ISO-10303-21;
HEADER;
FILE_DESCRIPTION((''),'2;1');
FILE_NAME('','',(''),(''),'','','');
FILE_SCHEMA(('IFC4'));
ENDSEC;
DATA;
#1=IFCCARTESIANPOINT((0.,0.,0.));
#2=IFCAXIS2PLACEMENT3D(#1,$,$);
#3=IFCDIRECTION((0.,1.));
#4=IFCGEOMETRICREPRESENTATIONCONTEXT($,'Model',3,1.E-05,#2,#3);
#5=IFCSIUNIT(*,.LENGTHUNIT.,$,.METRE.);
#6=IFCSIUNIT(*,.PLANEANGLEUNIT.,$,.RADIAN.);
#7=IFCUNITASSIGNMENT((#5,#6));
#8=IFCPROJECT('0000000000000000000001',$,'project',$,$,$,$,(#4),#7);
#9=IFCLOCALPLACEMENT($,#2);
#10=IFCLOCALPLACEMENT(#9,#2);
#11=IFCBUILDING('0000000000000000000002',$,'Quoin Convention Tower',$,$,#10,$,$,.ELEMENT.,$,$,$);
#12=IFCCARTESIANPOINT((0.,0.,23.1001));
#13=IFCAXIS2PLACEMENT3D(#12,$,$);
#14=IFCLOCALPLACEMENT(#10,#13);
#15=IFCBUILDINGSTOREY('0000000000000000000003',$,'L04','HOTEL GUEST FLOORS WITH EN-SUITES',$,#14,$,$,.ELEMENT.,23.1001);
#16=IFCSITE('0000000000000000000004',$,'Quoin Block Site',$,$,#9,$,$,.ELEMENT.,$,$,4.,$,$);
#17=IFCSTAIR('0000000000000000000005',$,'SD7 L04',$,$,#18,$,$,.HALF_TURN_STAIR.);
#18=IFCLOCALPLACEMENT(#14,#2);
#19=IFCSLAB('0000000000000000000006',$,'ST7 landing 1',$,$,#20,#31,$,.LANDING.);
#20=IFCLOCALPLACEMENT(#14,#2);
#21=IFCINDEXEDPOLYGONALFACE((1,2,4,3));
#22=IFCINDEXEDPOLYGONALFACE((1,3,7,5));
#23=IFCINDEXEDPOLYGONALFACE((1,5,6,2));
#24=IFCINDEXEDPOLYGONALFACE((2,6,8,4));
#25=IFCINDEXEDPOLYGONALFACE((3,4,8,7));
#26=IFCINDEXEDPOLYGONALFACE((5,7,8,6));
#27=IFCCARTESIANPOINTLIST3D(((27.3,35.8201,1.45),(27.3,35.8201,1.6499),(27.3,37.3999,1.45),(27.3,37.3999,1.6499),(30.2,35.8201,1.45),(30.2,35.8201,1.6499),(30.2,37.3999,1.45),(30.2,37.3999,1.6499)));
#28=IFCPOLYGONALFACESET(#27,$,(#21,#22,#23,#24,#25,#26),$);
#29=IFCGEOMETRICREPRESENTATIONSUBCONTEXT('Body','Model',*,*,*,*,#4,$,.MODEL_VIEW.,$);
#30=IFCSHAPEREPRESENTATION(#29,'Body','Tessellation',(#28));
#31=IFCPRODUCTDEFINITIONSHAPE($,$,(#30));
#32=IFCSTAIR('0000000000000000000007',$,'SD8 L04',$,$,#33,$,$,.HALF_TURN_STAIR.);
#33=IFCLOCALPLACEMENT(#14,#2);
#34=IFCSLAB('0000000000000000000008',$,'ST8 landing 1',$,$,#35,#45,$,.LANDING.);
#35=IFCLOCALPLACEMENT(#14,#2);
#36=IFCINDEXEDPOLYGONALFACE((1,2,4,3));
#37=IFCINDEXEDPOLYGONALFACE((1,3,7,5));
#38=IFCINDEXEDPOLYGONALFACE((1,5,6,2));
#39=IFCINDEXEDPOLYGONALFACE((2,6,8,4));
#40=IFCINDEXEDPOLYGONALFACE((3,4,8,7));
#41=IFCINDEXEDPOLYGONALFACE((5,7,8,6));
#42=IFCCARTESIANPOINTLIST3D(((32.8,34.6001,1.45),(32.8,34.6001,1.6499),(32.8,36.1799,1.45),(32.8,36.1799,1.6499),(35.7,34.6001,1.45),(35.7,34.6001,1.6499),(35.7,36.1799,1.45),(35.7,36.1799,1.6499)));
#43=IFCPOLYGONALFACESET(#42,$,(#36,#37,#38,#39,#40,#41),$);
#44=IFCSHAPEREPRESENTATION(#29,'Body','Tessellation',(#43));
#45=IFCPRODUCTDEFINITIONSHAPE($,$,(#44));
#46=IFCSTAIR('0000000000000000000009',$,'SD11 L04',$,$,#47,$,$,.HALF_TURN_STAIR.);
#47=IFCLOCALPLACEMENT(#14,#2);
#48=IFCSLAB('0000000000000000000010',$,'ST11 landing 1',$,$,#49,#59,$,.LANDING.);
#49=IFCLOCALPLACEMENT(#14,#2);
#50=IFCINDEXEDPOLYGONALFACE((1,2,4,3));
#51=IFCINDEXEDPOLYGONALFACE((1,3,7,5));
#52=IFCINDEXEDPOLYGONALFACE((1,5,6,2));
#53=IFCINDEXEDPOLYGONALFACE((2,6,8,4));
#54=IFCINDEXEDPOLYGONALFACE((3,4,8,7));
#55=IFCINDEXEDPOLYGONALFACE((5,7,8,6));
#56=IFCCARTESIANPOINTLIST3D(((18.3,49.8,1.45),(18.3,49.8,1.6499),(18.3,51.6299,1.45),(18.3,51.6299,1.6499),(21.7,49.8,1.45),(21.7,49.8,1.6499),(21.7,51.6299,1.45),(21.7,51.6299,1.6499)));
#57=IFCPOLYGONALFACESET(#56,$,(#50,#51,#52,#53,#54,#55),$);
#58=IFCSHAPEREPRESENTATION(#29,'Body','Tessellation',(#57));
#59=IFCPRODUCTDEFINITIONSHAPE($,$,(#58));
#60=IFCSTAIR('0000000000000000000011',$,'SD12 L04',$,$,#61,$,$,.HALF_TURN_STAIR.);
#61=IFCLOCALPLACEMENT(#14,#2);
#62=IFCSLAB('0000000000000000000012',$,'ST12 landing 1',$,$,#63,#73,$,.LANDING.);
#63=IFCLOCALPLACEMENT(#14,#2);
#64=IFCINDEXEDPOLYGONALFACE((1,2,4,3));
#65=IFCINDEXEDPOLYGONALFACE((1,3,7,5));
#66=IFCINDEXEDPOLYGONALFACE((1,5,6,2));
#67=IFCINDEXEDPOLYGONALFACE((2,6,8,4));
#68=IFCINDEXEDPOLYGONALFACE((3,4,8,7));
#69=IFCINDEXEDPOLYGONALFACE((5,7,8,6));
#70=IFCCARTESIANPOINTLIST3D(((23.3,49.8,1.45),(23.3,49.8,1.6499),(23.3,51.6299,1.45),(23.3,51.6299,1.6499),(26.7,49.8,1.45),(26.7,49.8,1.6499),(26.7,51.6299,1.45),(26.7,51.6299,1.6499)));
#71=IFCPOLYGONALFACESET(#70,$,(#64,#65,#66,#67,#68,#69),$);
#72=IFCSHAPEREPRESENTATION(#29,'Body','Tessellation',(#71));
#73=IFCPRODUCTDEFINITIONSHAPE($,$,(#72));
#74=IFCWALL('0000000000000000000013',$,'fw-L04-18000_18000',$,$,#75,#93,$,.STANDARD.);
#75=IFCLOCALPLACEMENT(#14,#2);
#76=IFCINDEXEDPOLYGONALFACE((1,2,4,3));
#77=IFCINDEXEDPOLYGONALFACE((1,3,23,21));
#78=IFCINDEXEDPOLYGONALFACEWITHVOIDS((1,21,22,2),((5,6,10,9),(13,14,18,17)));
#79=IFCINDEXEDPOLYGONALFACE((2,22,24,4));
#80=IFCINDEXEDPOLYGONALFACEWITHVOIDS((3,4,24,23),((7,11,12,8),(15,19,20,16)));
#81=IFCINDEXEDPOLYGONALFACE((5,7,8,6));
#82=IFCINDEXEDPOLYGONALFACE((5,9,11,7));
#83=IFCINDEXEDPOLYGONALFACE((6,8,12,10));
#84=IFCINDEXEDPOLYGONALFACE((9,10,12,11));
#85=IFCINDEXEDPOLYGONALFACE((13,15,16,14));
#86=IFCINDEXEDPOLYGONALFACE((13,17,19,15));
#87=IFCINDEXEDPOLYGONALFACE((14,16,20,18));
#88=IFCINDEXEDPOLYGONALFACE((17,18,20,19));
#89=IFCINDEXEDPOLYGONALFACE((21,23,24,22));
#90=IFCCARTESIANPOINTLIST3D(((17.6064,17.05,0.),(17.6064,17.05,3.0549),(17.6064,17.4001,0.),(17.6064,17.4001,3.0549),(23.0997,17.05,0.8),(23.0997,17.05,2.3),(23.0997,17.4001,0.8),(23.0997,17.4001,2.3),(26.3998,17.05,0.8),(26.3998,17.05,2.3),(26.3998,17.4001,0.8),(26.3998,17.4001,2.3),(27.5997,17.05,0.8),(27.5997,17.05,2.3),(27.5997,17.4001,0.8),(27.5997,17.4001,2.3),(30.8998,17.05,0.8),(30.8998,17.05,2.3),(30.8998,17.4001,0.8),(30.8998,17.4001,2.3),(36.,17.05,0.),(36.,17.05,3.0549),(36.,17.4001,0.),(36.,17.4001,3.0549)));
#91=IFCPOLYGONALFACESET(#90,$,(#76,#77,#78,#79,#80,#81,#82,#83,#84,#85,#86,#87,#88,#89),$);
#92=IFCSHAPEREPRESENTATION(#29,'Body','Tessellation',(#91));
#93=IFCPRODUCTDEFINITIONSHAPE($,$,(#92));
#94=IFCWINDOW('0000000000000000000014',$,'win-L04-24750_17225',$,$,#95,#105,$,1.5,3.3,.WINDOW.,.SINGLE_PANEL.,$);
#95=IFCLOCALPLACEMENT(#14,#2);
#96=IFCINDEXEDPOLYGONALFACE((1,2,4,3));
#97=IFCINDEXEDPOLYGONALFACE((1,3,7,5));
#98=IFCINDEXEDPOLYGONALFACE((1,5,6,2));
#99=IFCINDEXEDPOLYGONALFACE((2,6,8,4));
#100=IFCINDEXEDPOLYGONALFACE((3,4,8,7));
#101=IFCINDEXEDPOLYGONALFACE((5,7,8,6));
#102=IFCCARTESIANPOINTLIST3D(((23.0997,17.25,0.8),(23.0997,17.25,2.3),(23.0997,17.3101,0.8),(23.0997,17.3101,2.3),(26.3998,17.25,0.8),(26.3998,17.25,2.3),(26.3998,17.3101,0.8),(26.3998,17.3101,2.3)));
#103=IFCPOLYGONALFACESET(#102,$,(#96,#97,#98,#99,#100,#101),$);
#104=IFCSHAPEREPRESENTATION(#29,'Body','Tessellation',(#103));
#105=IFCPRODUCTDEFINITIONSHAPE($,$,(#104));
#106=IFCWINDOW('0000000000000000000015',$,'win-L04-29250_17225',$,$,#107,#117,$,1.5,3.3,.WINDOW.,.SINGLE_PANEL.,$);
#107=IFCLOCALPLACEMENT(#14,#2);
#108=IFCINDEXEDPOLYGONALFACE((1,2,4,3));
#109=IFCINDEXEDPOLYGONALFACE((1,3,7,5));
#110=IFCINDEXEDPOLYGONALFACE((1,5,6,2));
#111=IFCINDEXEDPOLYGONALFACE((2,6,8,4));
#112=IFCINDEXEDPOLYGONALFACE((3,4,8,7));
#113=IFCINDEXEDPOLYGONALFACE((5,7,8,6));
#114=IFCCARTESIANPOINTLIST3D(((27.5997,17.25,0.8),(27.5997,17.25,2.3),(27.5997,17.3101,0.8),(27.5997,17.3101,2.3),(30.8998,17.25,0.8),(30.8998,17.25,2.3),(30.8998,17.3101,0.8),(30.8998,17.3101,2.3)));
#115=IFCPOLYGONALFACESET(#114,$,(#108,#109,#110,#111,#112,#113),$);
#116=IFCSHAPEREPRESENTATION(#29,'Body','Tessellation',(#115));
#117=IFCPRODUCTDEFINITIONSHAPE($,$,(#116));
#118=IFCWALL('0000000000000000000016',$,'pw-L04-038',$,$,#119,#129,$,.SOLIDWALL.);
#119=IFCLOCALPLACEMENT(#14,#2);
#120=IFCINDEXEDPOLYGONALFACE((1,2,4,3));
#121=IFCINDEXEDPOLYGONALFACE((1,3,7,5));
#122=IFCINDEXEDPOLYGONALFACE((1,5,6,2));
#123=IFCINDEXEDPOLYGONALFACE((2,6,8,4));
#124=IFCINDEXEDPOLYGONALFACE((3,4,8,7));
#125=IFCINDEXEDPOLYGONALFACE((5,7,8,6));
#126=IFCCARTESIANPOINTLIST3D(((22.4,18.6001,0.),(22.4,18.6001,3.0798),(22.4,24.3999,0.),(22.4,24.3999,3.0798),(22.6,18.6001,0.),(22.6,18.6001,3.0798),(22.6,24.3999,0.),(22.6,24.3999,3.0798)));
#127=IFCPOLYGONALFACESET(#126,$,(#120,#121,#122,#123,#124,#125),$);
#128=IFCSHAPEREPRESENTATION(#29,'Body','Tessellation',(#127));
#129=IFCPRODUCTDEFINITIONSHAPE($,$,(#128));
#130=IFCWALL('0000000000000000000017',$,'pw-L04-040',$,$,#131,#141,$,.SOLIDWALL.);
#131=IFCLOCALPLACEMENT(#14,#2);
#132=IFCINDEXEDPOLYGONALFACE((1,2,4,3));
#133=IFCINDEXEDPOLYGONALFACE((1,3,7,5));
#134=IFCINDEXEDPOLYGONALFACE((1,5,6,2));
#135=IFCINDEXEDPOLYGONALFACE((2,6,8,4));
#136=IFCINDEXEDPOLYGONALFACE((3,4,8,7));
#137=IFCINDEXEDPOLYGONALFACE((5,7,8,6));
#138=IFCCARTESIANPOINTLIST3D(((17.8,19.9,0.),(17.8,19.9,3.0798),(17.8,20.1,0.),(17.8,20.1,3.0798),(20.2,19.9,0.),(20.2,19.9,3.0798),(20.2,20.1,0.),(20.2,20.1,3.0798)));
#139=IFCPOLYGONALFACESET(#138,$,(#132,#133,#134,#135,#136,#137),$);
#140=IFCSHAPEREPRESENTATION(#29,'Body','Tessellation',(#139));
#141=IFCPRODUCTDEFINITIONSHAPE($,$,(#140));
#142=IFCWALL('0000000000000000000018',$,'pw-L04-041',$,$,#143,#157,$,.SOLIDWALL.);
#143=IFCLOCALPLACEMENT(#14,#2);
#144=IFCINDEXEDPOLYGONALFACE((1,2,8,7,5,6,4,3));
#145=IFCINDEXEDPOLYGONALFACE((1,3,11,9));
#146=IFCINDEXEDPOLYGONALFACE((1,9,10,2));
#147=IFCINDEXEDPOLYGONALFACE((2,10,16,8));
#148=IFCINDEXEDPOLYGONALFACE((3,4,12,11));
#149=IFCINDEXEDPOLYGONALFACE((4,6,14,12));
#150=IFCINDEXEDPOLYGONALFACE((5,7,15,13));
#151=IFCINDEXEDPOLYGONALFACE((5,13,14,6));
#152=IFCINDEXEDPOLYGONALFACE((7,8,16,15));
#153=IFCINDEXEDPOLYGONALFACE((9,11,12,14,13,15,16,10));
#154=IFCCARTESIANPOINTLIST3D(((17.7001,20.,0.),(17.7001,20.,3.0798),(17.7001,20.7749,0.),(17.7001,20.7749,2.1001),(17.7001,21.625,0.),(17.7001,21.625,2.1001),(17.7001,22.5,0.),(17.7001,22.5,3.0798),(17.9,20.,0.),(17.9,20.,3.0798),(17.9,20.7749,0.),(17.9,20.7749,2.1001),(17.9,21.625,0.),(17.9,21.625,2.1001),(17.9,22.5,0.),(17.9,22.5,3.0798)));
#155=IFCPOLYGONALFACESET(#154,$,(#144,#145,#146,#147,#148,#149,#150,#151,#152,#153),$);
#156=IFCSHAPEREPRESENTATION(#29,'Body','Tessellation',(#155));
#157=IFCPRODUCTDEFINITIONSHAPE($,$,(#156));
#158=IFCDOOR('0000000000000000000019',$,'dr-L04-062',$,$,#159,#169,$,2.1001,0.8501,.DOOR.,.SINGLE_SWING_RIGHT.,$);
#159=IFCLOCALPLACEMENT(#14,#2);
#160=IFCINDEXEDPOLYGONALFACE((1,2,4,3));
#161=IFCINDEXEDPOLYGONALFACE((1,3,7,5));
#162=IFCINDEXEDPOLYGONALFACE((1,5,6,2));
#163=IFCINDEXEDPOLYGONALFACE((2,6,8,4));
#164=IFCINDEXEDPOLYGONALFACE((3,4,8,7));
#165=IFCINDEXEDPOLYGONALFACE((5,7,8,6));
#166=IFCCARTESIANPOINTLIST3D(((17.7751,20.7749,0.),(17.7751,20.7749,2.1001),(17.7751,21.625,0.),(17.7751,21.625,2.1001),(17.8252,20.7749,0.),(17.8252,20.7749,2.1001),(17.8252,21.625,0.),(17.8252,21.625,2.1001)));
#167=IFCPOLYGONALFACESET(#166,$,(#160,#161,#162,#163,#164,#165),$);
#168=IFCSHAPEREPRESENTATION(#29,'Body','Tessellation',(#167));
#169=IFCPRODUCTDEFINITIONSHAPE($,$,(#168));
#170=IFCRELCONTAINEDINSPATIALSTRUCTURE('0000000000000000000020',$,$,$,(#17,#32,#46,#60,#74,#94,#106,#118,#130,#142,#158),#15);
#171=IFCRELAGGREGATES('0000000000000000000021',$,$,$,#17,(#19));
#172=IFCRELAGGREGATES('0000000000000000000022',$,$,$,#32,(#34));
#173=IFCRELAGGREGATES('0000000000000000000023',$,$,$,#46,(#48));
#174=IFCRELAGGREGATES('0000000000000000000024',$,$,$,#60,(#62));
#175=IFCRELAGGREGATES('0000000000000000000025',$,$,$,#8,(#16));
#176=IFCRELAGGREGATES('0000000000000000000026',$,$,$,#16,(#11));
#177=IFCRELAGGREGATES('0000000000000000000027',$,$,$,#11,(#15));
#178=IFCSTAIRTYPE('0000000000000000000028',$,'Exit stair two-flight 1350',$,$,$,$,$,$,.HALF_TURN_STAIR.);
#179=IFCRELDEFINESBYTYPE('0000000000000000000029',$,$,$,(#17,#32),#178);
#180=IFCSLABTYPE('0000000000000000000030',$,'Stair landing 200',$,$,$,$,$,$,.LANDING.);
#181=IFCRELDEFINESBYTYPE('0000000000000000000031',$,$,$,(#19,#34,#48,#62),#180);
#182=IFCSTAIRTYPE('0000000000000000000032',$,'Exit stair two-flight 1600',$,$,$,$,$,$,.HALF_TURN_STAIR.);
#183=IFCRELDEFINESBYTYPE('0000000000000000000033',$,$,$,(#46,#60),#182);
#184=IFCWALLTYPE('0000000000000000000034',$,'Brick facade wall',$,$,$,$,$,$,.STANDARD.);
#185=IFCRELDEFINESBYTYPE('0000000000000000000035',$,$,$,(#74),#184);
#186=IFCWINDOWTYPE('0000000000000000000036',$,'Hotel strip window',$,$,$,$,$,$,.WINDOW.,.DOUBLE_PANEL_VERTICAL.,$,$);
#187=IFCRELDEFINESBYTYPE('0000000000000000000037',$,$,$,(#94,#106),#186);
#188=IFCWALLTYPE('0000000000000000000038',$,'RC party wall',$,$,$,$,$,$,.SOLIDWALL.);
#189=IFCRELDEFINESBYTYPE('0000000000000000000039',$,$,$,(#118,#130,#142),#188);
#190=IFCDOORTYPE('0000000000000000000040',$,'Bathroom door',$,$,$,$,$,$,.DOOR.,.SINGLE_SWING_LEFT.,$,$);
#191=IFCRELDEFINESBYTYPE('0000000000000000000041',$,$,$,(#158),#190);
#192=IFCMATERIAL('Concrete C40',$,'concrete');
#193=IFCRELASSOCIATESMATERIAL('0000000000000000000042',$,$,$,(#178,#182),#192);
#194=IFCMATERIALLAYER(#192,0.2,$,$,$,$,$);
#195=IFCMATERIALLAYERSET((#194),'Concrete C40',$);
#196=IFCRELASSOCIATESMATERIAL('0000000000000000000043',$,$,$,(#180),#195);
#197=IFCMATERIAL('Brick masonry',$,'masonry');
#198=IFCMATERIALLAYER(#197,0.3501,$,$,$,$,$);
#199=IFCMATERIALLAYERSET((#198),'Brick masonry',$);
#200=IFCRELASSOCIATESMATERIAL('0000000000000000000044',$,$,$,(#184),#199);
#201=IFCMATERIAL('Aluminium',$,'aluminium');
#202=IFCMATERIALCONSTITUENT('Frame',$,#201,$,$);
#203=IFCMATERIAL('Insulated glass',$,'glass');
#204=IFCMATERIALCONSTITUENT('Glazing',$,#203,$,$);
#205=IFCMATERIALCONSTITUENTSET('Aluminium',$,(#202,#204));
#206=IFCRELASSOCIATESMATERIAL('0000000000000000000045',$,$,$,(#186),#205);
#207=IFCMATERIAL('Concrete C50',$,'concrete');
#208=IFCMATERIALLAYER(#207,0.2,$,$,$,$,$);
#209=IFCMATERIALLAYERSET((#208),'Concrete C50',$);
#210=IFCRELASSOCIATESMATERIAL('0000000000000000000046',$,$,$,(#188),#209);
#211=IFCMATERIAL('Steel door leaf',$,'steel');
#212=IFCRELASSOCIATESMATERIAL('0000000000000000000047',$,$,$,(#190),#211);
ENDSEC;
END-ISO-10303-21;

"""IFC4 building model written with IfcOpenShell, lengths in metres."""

from ifc_helpers import new_model, si_unit, direction, frame, frame_2d, origin, place, context, subcontext, project, spatial, polyline, rectangle, outline, extrude, material, layer, layer_set, constituent, constituent_set, type_object, element, fill, aggregate, save


model = new_model("IFC4")

# Units and contexts
model_context = context("Model", 3, precision=1e-05, world=origin(), true_north=direction((0.0, 1.0)))
body_context = subcontext(model_context, "Body", "Model", "MODEL_VIEW")
ifc_project = project(units=[si_unit("LENGTHUNIT", "METRE"), si_unit("PLANEANGLEUNIT", "RADIAN")], contexts=[model_context])

# Site, building, storey
site_placement = place(None, origin())
site = spatial("IfcSite", under=ifc_project, at=site_placement, Name="Quoin Block Site", CompositionType="ELEMENT", RefElevation=4.0)
building_placement = place(site_placement, origin())
building = spatial("IfcBuilding", under=site, at=building_placement, Name="Quoin Convention Tower", CompositionType="ELEMENT")
storey_placement = place(building_placement, frame((0.0, 0.0, 23.1001)))
storey = spatial("IfcBuildingStorey", under=building, at=storey_placement, Name="L04", Description="HOTEL GUEST FLOORS WITH EN-SUITES", CompositionType="ELEMENT", Elevation=23.1001)

# Shared definitions
ifc_material_1 = material(Name="Concrete C50", Category="concrete")

# Stairs, slabs
ifc_material_2 = material(Name="Concrete C40", Category="concrete")
stair_type_1 = type_object("IfcStairType", Name="Exit stair two-flight 1350", PredefinedType="HALF_TURN_STAIR", material=ifc_material_2)
ifc_layer_1 = layer(ifc_material_2, 0.2)
ifc_layer_set_1 = layer_set([ifc_layer_1], Name="Concrete C40")
slab_type_1 = type_object("IfcSlabType", Name="Stair landing 200", PredefinedType="LANDING", material=ifc_layer_set_1)
stair_1_placement = place(storey_placement, origin())
stair_1 = element("IfcStair", 1, at=stair_1_placement, inside=storey, type_object=stair_type_1, Name="SD7 L04", PredefinedType="HALF_TURN_STAIR")
slab_1_placement = place(storey_placement, frame((0.0, 0.0, 1.45)))
slab_1 = element("IfcSlab", 2, at=slab_1_placement, type_object=slab_type_1, Name="ST7 landing 1", PredefinedType="LANDING", context=body_context, shape_type="SweptSolid", body=[
    extrude(outline(polyline([(27.3, 35.8201), (30.2, 35.8201), (30.2, 37.3999), (27.3, 37.3999), (27.3, 35.8201)])), origin(), (0.0, 0.0, 1.0), 0.2),
])
aggregate(stair_1, [slab_1])
stair_2_placement = place(storey_placement, origin())
stair_2 = element("IfcStair", 3, at=stair_2_placement, inside=storey, type_object=stair_type_1, Name="SD8 L04", PredefinedType="HALF_TURN_STAIR")
slab_2_placement = place(storey_placement, frame((0.0, 0.0, 1.45)))
slab_2 = element("IfcSlab", 4, at=slab_2_placement, type_object=slab_type_1, Name="ST8 landing 1", PredefinedType="LANDING", context=body_context, shape_type="SweptSolid", body=[
    extrude(outline(polyline([(35.7, 36.1799), (32.8, 36.1799), (32.8, 34.6001), (35.7, 34.6001), (35.7, 36.1799)])), origin(), (0.0, 0.0, 1.0), 0.2),
])
aggregate(stair_2, [slab_2])
stair_type_2 = type_object("IfcStairType", Name="Exit stair two-flight 1600", PredefinedType="HALF_TURN_STAIR", material=ifc_material_2)
stair_3_placement = place(storey_placement, origin())
stair_3 = element("IfcStair", 5, at=stair_3_placement, inside=storey, type_object=stair_type_2, Name="SD11 L04", PredefinedType="HALF_TURN_STAIR")
slab_3_placement = place(storey_placement, frame((0.0, 0.0, 1.45)))
slab_3 = element("IfcSlab", 6, at=slab_3_placement, type_object=slab_type_1, Name="ST11 landing 1", PredefinedType="LANDING", context=body_context, shape_type="SweptSolid", body=[
    extrude(outline(polyline([(21.7, 51.6299), (18.3, 51.6299), (18.3, 49.8), (21.7, 49.8), (21.7, 51.6299)])), origin(), (0.0, 0.0, 1.0), 0.2),
])
aggregate(stair_3, [slab_3])
stair_4_placement = place(storey_placement, origin())
stair_4 = element("IfcStair", 7, at=stair_4_placement, inside=storey, type_object=stair_type_2, Name="SD12 L04", PredefinedType="HALF_TURN_STAIR")
slab_4_placement = place(storey_placement, frame((0.0, 0.0, 1.45)))
slab_4 = element("IfcSlab", 8, at=slab_4_placement, type_object=slab_type_1, Name="ST12 landing 1", PredefinedType="LANDING", context=body_context, shape_type="SweptSolid", body=[
    extrude(outline(polyline([(26.7, 51.6299), (23.3, 51.6299), (23.3, 49.8), (26.7, 49.8), (26.7, 51.6299)])), origin(), (0.0, 0.0, 1.0), 0.2),
])
aggregate(stair_4, [slab_4])

# Wall, openings, windows
ifc_material_3 = material(Name="Brick masonry", Category="masonry")
ifc_layer_2 = layer(ifc_material_3, 0.3501)
ifc_layer_set_2 = layer_set([ifc_layer_2], Name="Brick masonry")
wall_type_1 = type_object("IfcWallType", Name="Brick facade wall", PredefinedType="STANDARD", material=ifc_layer_set_2)
wall_1_placement = place(storey_placement, frame((17.6064, 17.2251, 0.0), z_axis=(0.0, 0.0, 1.0), x_axis=(1.0, 0.0, 0.0)))
wall_1 = element("IfcWall", 9, at=wall_1_placement, inside=storey, type_object=wall_type_1, Name="fw-L04-18000_18000", PredefinedType="STANDARD", context=body_context, shape_type="SweptSolid", body=[
    extrude(rectangle(XDim=18.3936, YDim=0.3501, at=frame_2d((9.1968, 0.0))), origin(), (0.0, 0.0, 1.0), 3.0549),
])
opening_1_placement = place(wall_1_placement, frame((5.4934, 0.0, 0.8)))
opening_1 = element("IfcOpeningElement", 10, at=opening_1_placement, cuts=wall_1, PredefinedType="OPENING", context=body_context, shape_type="SweptSolid", body=[
    extrude(rectangle(XDim=3.3, YDim=1.5, at=frame_2d((1.6499, 0.75))), frame((0.0, 0.1851, 0.0), z_axis=(0.0, -1.0, 0.0), x_axis=(1.0, 0.0, 0.0)), (0.0, 0.0, 1.0), 0.3701),
])
opening_2_placement = place(wall_1_placement, frame((9.9934, 0.0, 0.8)))
opening_2 = element("IfcOpeningElement", 11, at=opening_2_placement, cuts=wall_1, PredefinedType="OPENING", context=body_context, shape_type="SweptSolid", body=[
    extrude(rectangle(XDim=3.3, YDim=1.5, at=frame_2d((1.6499, 0.75))), frame((0.0, 0.1851, 0.0), z_axis=(0.0, -1.0, 0.0), x_axis=(1.0, 0.0, 0.0)), (0.0, 0.0, 1.0), 0.3701),
])
ifc_material_4 = material(Name="Aluminium", Category="aluminium")
ifc_constituent_1 = constituent(ifc_material_4, Name="Frame")
ifc_material_5 = material(Name="Insulated glass", Category="glass")
ifc_constituent_2 = constituent(ifc_material_5, Name="Glazing")
ifc_constituent_set = constituent_set(constituents=[ifc_constituent_1, ifc_constituent_2], Name="Aluminium")
window_type = type_object("IfcWindowType", Name="Hotel strip window", PartitioningType="DOUBLE_PANEL_VERTICAL", PredefinedType="WINDOW", material=ifc_constituent_set)
window_1_placement = place(opening_1_placement, origin())
window_1 = element("IfcWindow", 12, at=window_1_placement, inside=storey, type_object=window_type, Name="win-L04-24750_17225", OverallHeight=1.5, OverallWidth=3.3, PartitioningType="SINGLE_PANEL", PredefinedType="WINDOW", context=body_context, shape_type="SweptSolid", body=[
    extrude(rectangle(XDim=3.3, YDim=1.5, at=frame_2d((1.6499, 0.75))), frame((0.0, 0.085, 0.0), z_axis=(0.0, -1.0, 0.0), x_axis=(1.0, 0.0, 0.0)), (0.0, 0.0, 1.0), 0.0601),
])
fill(opening_1, window_1)
window_2_placement = place(opening_2_placement, origin())
window_2 = element("IfcWindow", 13, at=window_2_placement, inside=storey, type_object=window_type, Name="win-L04-29250_17225", OverallHeight=1.5, OverallWidth=3.3, PartitioningType="SINGLE_PANEL", PredefinedType="WINDOW", context=body_context, shape_type="SweptSolid", body=[
    extrude(rectangle(XDim=3.3, YDim=1.5, at=frame_2d((1.6499, 0.75))), frame((0.0, 0.085, 0.0), z_axis=(0.0, -1.0, 0.0), x_axis=(1.0, 0.0, 0.0)), (0.0, 0.0, 1.0), 0.0601),
])
fill(opening_2, window_2)

# Walls
ifc_layer_3 = layer(ifc_material_1, 0.2)
ifc_layer_set_3 = layer_set([ifc_layer_3], Name="Concrete C50")
wall_type_2 = type_object("IfcWallType", Name="RC party wall", PredefinedType="SOLIDWALL", material=ifc_layer_set_3)
wall_2_placement = place(storey_placement, frame((22.5, 18.6001, 0.0), z_axis=(0.0, 0.0, 1.0), x_axis=(0.0, 1.0, 0.0)))
element("IfcWall", 14, at=wall_2_placement, inside=storey, type_object=wall_type_2, Name="pw-L04-038", PredefinedType="SOLIDWALL", context=body_context, shape_type="SweptSolid", body=[
    extrude(rectangle(XDim=5.7998, YDim=0.2, at=frame_2d((2.8999, 0.0))), origin(), (0.0, 0.0, 1.0), 3.0798),
])
wall_3_placement = place(storey_placement, frame((17.8, 20.0, 0.0), z_axis=(0.0, 0.0, 1.0), x_axis=(1.0, 0.0, 0.0)))
element("IfcWall", 15, at=wall_3_placement, inside=storey, type_object=wall_type_2, Name="pw-L04-040", PredefinedType="SOLIDWALL", context=body_context, shape_type="SweptSolid", body=[
    extrude(rectangle(XDim=2.3999, YDim=0.2, at=frame_2d((1.2, 0.0))), origin(), (0.0, 0.0, 1.0), 3.0798),
])

# Wall, opening, door
wall_4_placement = place(storey_placement, frame((17.8, 20.0, 0.0), z_axis=(0.0, 0.0, 1.0), x_axis=(0.0, 1.0, 0.0)))
wall_4 = element("IfcWall", 16, at=wall_4_placement, inside=storey, type_object=wall_type_2, Name="pw-L04-041", PredefinedType="SOLIDWALL", context=body_context, shape_type="SweptSolid", body=[
    extrude(rectangle(XDim=2.5, YDim=0.2, at=frame_2d((1.25, 0.0))), origin(), (0.0, 0.0, 1.0), 3.0798),
])
opening_3_placement = place(wall_4_placement, frame((0.7749, 0.0, 0.0)))
opening_3 = element("IfcOpeningElement", 17, at=opening_3_placement, cuts=wall_4, PredefinedType="OPENING", context=body_context, shape_type="SweptSolid", body=[
    extrude(rectangle(XDim=0.8501, YDim=2.1001, at=frame_2d((0.425, 1.05))), frame((0.0, 0.1099, 0.0), z_axis=(0.0, -1.0, 0.0), x_axis=(1.0, 0.0, 0.0)), (0.0, 0.0, 1.0), 0.22),
])
ifc_material_6 = material(Name="Steel door leaf", Category="steel")
door_type = type_object("IfcDoorType", Name="Bathroom door", OperationType="SINGLE_SWING_LEFT", PredefinedType="DOOR", material=ifc_material_6)
door_placement = place(opening_3_placement, origin())
door = element("IfcDoor", 18, at=door_placement, inside=storey, type_object=door_type, Name="dr-L04-062", OperationType="SINGLE_SWING_RIGHT", OverallHeight=2.1001, OverallWidth=0.8501, PredefinedType="DOOR", context=body_context, shape_type="SweptSolid", body=[
    extrude(rectangle(XDim=0.8501, YDim=2.1001, at=frame_2d((0.425, 1.05))), frame((0.0, 0.0249, 0.0), z_axis=(0.0, -1.0, 0.0), x_axis=(1.0, 0.0, 0.0)), (0.0, 0.0, 1.0), 0.05),
])
fill(opening_3, door)

save(model, "model.ifc")
